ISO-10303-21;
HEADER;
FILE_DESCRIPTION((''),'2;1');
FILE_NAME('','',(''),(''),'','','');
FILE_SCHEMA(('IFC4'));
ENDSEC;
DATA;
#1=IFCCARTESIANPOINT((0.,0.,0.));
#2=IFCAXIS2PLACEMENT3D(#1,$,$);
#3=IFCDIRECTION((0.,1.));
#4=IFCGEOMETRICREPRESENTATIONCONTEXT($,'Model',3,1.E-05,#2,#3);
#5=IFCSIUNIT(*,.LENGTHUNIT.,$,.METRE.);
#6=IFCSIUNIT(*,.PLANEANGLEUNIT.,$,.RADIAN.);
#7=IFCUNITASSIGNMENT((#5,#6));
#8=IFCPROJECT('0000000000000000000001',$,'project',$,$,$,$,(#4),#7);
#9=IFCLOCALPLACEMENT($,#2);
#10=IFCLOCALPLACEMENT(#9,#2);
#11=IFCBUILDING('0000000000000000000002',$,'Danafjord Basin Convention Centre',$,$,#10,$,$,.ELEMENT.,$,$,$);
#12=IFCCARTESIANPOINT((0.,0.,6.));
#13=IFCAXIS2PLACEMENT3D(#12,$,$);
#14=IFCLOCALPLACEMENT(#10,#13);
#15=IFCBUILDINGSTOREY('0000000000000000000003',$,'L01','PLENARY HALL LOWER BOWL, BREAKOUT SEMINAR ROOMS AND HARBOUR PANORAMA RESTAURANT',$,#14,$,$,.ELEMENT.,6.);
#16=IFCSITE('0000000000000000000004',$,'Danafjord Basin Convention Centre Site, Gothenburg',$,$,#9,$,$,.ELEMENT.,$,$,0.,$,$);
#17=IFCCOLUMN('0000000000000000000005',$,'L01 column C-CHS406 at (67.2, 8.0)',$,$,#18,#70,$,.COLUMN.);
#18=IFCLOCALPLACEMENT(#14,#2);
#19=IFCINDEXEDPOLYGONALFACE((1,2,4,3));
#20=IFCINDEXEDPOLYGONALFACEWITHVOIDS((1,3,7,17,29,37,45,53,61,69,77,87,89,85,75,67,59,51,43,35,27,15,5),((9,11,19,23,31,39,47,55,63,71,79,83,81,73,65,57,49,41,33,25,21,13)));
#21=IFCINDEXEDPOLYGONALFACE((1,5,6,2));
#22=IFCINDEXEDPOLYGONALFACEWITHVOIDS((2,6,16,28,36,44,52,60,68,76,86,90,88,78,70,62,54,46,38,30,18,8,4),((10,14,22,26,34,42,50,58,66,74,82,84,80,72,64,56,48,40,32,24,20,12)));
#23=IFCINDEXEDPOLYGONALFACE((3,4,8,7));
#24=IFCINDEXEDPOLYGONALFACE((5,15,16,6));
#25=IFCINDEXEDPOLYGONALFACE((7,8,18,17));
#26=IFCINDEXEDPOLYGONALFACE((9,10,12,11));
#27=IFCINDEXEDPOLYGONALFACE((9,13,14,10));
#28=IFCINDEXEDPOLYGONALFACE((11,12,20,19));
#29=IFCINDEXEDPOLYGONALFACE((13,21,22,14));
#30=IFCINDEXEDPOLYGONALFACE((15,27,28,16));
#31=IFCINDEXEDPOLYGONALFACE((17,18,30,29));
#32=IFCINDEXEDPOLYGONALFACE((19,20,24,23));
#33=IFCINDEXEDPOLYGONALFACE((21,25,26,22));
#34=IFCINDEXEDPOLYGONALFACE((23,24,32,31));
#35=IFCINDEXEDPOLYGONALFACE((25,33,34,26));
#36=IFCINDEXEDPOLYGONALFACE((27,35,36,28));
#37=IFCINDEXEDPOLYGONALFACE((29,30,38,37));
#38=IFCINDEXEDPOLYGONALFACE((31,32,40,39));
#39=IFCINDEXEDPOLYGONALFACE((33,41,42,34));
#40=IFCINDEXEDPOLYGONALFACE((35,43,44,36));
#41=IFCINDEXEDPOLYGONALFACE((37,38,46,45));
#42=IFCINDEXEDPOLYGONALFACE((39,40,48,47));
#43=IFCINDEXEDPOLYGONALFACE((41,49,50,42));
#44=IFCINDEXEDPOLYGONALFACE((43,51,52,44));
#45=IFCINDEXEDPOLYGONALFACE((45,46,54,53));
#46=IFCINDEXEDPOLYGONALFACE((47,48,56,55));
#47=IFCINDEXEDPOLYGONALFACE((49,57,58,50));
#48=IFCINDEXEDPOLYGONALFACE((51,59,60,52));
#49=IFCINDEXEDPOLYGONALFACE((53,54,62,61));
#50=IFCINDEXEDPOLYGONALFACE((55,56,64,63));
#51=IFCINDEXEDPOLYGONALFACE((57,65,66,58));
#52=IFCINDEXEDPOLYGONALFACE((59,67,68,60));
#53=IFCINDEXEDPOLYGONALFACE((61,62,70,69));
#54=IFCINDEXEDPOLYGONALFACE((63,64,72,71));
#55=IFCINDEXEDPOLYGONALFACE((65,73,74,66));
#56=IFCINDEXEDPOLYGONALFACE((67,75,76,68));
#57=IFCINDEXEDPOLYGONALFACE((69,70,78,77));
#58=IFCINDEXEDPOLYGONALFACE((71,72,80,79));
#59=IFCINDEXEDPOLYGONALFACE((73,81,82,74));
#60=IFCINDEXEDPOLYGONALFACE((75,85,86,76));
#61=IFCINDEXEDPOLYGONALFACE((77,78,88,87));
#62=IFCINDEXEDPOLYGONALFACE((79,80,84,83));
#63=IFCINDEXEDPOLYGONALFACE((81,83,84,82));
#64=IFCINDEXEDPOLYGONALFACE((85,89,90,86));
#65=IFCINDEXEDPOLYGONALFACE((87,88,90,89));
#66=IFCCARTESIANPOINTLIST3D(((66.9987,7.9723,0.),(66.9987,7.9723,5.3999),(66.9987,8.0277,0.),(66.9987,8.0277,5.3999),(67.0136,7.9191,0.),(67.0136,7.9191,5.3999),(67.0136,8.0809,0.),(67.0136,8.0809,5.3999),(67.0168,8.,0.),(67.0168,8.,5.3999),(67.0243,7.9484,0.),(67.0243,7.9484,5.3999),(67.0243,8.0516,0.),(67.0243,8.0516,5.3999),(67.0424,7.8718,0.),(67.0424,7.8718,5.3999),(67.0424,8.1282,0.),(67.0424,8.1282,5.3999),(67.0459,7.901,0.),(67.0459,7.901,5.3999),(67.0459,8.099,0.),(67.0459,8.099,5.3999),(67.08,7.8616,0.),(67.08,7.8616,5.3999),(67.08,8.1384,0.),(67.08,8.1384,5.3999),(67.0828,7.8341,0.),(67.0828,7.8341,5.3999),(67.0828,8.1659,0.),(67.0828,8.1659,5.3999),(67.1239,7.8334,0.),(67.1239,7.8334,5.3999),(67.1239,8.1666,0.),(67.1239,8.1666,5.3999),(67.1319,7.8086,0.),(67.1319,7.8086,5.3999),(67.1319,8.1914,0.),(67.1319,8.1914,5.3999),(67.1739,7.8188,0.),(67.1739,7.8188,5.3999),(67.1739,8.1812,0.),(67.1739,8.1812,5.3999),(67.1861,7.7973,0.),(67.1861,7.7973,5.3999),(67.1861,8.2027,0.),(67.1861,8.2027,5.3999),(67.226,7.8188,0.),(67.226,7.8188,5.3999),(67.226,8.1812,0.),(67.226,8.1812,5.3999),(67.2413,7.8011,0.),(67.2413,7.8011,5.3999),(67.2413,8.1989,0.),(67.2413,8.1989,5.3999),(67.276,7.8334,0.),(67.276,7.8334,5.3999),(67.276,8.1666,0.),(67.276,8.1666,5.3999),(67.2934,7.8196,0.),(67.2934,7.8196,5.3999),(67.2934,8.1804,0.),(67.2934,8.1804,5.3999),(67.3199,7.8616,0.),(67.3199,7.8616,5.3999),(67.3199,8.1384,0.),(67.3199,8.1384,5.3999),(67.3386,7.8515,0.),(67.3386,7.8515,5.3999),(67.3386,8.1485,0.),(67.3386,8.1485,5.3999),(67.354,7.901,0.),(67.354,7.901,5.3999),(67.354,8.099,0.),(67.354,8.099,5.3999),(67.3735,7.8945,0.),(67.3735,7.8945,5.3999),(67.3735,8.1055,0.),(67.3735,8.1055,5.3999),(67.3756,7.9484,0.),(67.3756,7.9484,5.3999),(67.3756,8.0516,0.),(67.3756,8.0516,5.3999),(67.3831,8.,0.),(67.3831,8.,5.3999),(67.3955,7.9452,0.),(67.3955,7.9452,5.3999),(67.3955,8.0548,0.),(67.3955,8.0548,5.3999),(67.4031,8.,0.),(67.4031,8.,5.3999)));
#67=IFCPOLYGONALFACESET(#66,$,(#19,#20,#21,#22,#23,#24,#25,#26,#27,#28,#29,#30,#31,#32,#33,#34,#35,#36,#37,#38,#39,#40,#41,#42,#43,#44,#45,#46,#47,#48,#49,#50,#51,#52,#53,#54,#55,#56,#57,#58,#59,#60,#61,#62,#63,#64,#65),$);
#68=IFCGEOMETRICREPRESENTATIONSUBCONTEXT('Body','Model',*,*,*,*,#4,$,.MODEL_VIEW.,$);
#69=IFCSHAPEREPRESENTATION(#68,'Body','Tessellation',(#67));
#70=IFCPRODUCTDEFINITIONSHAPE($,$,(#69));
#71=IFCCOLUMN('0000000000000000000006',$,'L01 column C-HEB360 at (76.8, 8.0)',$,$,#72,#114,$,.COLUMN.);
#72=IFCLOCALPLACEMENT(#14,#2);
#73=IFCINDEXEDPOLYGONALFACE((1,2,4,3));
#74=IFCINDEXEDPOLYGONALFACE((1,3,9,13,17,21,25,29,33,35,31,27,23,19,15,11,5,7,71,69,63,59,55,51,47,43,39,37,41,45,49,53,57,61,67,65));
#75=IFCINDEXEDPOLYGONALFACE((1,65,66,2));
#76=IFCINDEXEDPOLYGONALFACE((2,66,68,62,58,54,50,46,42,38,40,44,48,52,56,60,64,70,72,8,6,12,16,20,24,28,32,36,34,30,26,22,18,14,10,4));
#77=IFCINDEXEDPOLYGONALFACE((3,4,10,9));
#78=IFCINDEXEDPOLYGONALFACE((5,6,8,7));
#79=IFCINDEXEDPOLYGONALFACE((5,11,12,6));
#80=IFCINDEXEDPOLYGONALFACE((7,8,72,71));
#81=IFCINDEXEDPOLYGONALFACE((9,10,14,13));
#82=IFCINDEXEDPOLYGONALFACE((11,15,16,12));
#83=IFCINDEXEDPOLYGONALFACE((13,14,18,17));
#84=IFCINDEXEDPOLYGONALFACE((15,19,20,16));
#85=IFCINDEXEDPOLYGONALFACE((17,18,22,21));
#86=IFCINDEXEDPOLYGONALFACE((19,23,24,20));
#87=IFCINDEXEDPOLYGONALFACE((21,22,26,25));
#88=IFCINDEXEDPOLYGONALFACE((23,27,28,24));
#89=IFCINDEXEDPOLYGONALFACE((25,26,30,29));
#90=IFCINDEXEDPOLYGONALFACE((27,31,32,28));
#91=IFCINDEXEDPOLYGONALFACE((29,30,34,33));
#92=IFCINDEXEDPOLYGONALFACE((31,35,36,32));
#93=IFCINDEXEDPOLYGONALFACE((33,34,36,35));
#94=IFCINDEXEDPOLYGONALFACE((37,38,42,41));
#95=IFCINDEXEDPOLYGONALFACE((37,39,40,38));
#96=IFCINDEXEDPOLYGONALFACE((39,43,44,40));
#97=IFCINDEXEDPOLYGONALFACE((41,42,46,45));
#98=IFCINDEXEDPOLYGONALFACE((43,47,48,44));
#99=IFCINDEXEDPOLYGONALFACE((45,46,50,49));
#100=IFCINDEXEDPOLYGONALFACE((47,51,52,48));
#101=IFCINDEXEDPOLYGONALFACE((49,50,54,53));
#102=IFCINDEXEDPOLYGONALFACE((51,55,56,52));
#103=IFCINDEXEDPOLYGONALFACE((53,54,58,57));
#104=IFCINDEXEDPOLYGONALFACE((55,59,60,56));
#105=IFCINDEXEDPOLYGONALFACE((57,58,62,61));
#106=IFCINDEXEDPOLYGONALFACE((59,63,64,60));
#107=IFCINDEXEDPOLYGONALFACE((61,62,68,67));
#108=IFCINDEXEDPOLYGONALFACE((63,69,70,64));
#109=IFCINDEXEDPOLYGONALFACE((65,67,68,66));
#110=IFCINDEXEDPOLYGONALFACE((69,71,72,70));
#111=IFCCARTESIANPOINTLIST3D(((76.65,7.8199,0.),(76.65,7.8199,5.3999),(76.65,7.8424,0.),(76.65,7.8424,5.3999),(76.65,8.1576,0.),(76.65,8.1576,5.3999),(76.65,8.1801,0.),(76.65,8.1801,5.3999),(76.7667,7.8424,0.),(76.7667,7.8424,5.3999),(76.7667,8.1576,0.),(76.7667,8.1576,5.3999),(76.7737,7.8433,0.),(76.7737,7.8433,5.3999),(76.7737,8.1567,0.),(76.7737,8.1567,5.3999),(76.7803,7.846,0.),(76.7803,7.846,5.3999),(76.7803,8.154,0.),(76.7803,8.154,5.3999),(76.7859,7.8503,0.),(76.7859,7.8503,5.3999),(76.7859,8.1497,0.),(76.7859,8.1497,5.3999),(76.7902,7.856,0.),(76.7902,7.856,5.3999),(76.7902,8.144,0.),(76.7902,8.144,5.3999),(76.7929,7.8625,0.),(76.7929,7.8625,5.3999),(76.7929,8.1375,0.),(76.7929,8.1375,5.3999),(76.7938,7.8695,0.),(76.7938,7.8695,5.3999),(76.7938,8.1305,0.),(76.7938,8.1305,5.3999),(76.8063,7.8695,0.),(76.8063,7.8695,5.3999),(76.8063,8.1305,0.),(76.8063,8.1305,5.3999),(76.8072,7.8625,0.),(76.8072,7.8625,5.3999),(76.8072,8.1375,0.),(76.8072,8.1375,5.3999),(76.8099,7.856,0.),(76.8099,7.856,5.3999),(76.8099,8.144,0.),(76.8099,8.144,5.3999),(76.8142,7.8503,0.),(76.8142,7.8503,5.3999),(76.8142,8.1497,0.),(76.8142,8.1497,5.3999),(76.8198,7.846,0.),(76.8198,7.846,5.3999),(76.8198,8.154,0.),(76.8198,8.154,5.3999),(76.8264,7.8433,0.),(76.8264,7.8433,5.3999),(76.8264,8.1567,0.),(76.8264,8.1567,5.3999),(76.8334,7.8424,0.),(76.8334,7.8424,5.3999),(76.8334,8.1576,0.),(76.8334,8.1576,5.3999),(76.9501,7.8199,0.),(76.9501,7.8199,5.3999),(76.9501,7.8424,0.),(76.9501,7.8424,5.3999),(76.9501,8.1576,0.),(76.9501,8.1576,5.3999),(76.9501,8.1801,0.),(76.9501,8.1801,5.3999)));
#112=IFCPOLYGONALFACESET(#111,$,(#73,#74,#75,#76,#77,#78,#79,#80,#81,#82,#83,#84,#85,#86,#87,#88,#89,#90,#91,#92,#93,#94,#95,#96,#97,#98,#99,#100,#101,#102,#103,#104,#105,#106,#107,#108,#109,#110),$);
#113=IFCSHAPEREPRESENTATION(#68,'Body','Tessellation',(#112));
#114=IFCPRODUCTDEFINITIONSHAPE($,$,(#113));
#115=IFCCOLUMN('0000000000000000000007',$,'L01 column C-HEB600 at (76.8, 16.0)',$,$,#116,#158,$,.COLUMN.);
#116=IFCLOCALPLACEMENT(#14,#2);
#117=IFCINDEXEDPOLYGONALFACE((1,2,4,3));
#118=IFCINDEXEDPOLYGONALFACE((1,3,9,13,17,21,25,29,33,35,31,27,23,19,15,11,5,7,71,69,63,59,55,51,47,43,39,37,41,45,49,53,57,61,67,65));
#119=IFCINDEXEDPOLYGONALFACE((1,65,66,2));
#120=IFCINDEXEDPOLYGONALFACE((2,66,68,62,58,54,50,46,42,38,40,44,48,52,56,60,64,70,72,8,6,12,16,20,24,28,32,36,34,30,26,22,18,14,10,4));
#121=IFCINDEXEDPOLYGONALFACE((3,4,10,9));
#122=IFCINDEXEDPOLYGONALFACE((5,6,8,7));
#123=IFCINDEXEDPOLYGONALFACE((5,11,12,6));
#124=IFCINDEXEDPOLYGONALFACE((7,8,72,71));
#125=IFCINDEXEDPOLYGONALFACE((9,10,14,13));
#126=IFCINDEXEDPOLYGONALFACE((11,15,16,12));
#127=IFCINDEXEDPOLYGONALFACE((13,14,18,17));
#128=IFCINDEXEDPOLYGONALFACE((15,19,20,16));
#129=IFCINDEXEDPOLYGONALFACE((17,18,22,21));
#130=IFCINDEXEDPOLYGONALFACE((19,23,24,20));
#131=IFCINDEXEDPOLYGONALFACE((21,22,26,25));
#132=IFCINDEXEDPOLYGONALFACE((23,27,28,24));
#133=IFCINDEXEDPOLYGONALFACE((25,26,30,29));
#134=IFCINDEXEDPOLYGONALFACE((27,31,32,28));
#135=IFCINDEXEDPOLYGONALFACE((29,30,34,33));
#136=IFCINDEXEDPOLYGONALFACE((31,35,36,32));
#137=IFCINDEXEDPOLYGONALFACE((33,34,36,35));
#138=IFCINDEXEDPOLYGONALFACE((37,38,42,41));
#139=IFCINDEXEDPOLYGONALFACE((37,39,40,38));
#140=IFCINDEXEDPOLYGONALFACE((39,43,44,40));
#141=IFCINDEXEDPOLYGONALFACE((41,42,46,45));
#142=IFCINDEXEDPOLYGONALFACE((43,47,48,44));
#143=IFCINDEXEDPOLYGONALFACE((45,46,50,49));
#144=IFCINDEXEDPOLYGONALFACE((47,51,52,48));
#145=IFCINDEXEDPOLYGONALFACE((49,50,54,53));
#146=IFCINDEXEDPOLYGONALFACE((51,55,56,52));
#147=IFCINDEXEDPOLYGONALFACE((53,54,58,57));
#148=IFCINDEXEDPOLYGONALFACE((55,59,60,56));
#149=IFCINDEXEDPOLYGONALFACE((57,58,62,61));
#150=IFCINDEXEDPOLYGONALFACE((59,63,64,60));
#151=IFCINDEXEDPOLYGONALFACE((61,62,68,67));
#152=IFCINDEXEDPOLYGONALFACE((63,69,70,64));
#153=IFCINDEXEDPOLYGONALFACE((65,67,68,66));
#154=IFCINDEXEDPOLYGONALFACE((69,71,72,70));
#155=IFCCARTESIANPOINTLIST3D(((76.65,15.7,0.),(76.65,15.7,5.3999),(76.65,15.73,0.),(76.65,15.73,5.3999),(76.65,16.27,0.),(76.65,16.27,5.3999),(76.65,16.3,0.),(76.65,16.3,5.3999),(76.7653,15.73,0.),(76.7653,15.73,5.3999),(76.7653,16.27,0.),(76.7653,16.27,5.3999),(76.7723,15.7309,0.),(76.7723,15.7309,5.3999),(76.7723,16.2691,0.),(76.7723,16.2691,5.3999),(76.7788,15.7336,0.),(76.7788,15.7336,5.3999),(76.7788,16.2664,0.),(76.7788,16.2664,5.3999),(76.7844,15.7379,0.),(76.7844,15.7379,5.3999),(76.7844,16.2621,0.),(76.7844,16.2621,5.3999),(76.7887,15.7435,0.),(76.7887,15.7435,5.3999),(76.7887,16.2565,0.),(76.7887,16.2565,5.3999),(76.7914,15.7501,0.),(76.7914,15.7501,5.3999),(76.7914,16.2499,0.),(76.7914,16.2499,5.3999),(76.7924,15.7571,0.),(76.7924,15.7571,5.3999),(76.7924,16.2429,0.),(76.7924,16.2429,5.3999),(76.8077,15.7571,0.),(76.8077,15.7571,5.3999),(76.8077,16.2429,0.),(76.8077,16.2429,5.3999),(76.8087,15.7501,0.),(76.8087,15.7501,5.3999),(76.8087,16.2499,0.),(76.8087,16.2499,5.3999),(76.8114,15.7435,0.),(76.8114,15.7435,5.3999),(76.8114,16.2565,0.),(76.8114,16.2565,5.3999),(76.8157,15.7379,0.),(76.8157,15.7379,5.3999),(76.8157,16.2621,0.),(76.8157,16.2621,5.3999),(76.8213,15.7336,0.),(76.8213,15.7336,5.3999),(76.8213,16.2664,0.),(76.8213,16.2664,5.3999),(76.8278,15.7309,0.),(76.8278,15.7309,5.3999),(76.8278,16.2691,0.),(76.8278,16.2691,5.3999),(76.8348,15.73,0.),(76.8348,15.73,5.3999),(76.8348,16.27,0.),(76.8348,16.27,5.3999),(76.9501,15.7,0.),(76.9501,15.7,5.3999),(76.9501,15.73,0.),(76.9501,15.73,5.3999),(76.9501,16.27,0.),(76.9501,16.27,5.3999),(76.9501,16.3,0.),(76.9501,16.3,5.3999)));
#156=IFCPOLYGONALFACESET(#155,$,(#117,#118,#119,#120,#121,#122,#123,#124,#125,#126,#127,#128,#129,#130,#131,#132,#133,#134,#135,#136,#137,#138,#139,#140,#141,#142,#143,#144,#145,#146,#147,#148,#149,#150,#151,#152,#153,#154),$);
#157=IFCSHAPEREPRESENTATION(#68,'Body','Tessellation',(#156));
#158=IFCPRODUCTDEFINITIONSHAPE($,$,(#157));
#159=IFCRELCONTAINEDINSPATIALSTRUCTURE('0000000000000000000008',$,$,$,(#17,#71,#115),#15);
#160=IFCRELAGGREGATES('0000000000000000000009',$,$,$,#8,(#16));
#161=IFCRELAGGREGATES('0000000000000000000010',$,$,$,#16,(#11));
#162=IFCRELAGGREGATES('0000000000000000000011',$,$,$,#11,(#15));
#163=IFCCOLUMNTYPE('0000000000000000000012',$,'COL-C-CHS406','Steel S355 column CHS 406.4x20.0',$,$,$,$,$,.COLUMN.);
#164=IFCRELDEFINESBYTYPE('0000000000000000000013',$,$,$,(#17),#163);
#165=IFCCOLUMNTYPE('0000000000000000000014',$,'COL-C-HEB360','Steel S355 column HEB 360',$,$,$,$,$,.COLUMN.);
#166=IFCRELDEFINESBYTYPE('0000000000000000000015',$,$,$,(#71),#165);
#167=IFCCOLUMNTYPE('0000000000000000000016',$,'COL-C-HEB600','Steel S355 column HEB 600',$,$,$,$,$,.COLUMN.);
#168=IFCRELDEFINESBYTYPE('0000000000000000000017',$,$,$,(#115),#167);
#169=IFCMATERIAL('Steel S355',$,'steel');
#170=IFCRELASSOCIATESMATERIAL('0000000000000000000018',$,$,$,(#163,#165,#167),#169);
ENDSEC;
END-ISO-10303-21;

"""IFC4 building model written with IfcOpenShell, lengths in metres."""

from ifc_helpers import new_model, si_unit, direction, frame, origin, origin_2d, place, context, subcontext, project, spatial, hollow_circle, i_section, extrude, material, material_profile, profile_set, type_object, element, save


model = new_model("IFC4")

# Units and contexts
model_context = context("Model", 3, precision=1e-05, world=origin(), true_north=direction((0.0, 1.0)))
body_context = subcontext(model_context, "Body", "Model", "MODEL_VIEW")
ifc_project = project(units=[si_unit("LENGTHUNIT", "METRE"), si_unit("PLANEANGLEUNIT", "RADIAN")], contexts=[model_context])

# Site, building, storey
site_placement = place(None, origin())
site = spatial("IfcSite", under=ifc_project, at=site_placement, Name="Danafjord Basin Convention Centre Site, Gothenburg", CompositionType="ELEMENT", RefElevation=0.0)
building_placement = place(site_placement, origin())
building = spatial("IfcBuilding", under=site, at=building_placement, Name="Danafjord Basin Convention Centre", CompositionType="ELEMENT")
storey_placement = place(building_placement, frame((0.0, 0.0, 6.0)))
storey = spatial("IfcBuildingStorey", under=building, at=storey_placement, Name="L01", Description="PLENARY HALL LOWER BOWL, BREAKOUT SEMINAR ROOMS AND HARBOUR PANORAMA RESTAURANT", CompositionType="ELEMENT", Elevation=6.0)

# Columns
ifc_material_1 = material(Name="Steel S355", Category="steel")
ifc_material_profile_1 = material_profile(ifc_material_1, hollow_circle(Radius=0.2031, WallThickness=0.02, at=origin_2d()), Name="CHS 406.4x20.0")
ifc_profile_set_1 = profile_set([ifc_material_profile_1], Name="Steel S355")
column_type_1 = type_object("IfcColumnType", Name="COL-C-CHS406", Description="Steel S355 column CHS 406.4x20.0", PredefinedType="COLUMN", material=ifc_profile_set_1)
column_1_placement = place(storey_placement, frame((67.2, 8.0, 0.0), z_axis=(0.0, 0.0, 1.0), x_axis=(1.0, 0.0, 0.0)))
element("IfcColumn", 1, at=column_1_placement, inside=storey, type_object=column_type_1, Name="L01 column C-CHS406 at (67.2, 8.0)", PredefinedType="COLUMN", context=body_context, shape_type="SweptSolid", body=[
    extrude(hollow_circle(Radius=0.2031, WallThickness=0.02, at=origin_2d()), origin(), (0.0, 0.0, 1.0), 5.3999),
])
ifc_material_profile_2 = material_profile(ifc_material_1, i_section(OverallWidth=0.3, OverallDepth=0.3601, WebThickness=0.0125, FlangeThickness=0.0225, FilletRadius=0.0271, at=origin_2d()), Name="HEB 360")
ifc_profile_set_2 = profile_set([ifc_material_profile_2], Name="Steel S355")
column_type_2 = type_object("IfcColumnType", Name="COL-C-HEB360", Description="Steel S355 column HEB 360", PredefinedType="COLUMN", material=ifc_profile_set_2)
column_2_placement = place(storey_placement, frame((76.8, 8.0, 0.0), z_axis=(0.0, 0.0, 1.0), x_axis=(1.0, 0.0, 0.0)))
element("IfcColumn", 2, at=column_2_placement, inside=storey, type_object=column_type_2, Name="L01 column C-HEB360 at (76.8, 8.0)", PredefinedType="COLUMN", context=body_context, shape_type="SweptSolid", body=[
    extrude(i_section(OverallWidth=0.3, OverallDepth=0.3601, WebThickness=0.0125, FlangeThickness=0.0225, FilletRadius=0.0271, at=origin_2d()), origin(), (0.0, 0.0, 1.0), 5.3999),
])
ifc_material_profile_3 = material_profile(ifc_material_1, i_section(OverallWidth=0.3, OverallDepth=0.6001, WebThickness=0.0154, FlangeThickness=0.03, FilletRadius=0.0271, at=origin_2d()), Name="HEB 600")
ifc_profile_set_3 = profile_set([ifc_material_profile_3], Name="Steel S355")
column_type_3 = type_object("IfcColumnType", Name="COL-C-HEB600", Description="Steel S355 column HEB 600", PredefinedType="COLUMN", material=ifc_profile_set_3)
column_3_placement = place(storey_placement, frame((76.8, 16.0, 0.0), z_axis=(0.0, 0.0, 1.0), x_axis=(1.0, 0.0, 0.0)))
element("IfcColumn", 3, at=column_3_placement, inside=storey, type_object=column_type_3, Name="L01 column C-HEB600 at (76.8, 16.0)", PredefinedType="COLUMN", context=body_context, shape_type="SweptSolid", body=[
    extrude(i_section(OverallWidth=0.3, OverallDepth=0.6001, WebThickness=0.0154, FlangeThickness=0.03, FilletRadius=0.0271, at=origin_2d()), origin(), (0.0, 0.0, 1.0), 5.3999),
])

save(model, "model.ifc")
